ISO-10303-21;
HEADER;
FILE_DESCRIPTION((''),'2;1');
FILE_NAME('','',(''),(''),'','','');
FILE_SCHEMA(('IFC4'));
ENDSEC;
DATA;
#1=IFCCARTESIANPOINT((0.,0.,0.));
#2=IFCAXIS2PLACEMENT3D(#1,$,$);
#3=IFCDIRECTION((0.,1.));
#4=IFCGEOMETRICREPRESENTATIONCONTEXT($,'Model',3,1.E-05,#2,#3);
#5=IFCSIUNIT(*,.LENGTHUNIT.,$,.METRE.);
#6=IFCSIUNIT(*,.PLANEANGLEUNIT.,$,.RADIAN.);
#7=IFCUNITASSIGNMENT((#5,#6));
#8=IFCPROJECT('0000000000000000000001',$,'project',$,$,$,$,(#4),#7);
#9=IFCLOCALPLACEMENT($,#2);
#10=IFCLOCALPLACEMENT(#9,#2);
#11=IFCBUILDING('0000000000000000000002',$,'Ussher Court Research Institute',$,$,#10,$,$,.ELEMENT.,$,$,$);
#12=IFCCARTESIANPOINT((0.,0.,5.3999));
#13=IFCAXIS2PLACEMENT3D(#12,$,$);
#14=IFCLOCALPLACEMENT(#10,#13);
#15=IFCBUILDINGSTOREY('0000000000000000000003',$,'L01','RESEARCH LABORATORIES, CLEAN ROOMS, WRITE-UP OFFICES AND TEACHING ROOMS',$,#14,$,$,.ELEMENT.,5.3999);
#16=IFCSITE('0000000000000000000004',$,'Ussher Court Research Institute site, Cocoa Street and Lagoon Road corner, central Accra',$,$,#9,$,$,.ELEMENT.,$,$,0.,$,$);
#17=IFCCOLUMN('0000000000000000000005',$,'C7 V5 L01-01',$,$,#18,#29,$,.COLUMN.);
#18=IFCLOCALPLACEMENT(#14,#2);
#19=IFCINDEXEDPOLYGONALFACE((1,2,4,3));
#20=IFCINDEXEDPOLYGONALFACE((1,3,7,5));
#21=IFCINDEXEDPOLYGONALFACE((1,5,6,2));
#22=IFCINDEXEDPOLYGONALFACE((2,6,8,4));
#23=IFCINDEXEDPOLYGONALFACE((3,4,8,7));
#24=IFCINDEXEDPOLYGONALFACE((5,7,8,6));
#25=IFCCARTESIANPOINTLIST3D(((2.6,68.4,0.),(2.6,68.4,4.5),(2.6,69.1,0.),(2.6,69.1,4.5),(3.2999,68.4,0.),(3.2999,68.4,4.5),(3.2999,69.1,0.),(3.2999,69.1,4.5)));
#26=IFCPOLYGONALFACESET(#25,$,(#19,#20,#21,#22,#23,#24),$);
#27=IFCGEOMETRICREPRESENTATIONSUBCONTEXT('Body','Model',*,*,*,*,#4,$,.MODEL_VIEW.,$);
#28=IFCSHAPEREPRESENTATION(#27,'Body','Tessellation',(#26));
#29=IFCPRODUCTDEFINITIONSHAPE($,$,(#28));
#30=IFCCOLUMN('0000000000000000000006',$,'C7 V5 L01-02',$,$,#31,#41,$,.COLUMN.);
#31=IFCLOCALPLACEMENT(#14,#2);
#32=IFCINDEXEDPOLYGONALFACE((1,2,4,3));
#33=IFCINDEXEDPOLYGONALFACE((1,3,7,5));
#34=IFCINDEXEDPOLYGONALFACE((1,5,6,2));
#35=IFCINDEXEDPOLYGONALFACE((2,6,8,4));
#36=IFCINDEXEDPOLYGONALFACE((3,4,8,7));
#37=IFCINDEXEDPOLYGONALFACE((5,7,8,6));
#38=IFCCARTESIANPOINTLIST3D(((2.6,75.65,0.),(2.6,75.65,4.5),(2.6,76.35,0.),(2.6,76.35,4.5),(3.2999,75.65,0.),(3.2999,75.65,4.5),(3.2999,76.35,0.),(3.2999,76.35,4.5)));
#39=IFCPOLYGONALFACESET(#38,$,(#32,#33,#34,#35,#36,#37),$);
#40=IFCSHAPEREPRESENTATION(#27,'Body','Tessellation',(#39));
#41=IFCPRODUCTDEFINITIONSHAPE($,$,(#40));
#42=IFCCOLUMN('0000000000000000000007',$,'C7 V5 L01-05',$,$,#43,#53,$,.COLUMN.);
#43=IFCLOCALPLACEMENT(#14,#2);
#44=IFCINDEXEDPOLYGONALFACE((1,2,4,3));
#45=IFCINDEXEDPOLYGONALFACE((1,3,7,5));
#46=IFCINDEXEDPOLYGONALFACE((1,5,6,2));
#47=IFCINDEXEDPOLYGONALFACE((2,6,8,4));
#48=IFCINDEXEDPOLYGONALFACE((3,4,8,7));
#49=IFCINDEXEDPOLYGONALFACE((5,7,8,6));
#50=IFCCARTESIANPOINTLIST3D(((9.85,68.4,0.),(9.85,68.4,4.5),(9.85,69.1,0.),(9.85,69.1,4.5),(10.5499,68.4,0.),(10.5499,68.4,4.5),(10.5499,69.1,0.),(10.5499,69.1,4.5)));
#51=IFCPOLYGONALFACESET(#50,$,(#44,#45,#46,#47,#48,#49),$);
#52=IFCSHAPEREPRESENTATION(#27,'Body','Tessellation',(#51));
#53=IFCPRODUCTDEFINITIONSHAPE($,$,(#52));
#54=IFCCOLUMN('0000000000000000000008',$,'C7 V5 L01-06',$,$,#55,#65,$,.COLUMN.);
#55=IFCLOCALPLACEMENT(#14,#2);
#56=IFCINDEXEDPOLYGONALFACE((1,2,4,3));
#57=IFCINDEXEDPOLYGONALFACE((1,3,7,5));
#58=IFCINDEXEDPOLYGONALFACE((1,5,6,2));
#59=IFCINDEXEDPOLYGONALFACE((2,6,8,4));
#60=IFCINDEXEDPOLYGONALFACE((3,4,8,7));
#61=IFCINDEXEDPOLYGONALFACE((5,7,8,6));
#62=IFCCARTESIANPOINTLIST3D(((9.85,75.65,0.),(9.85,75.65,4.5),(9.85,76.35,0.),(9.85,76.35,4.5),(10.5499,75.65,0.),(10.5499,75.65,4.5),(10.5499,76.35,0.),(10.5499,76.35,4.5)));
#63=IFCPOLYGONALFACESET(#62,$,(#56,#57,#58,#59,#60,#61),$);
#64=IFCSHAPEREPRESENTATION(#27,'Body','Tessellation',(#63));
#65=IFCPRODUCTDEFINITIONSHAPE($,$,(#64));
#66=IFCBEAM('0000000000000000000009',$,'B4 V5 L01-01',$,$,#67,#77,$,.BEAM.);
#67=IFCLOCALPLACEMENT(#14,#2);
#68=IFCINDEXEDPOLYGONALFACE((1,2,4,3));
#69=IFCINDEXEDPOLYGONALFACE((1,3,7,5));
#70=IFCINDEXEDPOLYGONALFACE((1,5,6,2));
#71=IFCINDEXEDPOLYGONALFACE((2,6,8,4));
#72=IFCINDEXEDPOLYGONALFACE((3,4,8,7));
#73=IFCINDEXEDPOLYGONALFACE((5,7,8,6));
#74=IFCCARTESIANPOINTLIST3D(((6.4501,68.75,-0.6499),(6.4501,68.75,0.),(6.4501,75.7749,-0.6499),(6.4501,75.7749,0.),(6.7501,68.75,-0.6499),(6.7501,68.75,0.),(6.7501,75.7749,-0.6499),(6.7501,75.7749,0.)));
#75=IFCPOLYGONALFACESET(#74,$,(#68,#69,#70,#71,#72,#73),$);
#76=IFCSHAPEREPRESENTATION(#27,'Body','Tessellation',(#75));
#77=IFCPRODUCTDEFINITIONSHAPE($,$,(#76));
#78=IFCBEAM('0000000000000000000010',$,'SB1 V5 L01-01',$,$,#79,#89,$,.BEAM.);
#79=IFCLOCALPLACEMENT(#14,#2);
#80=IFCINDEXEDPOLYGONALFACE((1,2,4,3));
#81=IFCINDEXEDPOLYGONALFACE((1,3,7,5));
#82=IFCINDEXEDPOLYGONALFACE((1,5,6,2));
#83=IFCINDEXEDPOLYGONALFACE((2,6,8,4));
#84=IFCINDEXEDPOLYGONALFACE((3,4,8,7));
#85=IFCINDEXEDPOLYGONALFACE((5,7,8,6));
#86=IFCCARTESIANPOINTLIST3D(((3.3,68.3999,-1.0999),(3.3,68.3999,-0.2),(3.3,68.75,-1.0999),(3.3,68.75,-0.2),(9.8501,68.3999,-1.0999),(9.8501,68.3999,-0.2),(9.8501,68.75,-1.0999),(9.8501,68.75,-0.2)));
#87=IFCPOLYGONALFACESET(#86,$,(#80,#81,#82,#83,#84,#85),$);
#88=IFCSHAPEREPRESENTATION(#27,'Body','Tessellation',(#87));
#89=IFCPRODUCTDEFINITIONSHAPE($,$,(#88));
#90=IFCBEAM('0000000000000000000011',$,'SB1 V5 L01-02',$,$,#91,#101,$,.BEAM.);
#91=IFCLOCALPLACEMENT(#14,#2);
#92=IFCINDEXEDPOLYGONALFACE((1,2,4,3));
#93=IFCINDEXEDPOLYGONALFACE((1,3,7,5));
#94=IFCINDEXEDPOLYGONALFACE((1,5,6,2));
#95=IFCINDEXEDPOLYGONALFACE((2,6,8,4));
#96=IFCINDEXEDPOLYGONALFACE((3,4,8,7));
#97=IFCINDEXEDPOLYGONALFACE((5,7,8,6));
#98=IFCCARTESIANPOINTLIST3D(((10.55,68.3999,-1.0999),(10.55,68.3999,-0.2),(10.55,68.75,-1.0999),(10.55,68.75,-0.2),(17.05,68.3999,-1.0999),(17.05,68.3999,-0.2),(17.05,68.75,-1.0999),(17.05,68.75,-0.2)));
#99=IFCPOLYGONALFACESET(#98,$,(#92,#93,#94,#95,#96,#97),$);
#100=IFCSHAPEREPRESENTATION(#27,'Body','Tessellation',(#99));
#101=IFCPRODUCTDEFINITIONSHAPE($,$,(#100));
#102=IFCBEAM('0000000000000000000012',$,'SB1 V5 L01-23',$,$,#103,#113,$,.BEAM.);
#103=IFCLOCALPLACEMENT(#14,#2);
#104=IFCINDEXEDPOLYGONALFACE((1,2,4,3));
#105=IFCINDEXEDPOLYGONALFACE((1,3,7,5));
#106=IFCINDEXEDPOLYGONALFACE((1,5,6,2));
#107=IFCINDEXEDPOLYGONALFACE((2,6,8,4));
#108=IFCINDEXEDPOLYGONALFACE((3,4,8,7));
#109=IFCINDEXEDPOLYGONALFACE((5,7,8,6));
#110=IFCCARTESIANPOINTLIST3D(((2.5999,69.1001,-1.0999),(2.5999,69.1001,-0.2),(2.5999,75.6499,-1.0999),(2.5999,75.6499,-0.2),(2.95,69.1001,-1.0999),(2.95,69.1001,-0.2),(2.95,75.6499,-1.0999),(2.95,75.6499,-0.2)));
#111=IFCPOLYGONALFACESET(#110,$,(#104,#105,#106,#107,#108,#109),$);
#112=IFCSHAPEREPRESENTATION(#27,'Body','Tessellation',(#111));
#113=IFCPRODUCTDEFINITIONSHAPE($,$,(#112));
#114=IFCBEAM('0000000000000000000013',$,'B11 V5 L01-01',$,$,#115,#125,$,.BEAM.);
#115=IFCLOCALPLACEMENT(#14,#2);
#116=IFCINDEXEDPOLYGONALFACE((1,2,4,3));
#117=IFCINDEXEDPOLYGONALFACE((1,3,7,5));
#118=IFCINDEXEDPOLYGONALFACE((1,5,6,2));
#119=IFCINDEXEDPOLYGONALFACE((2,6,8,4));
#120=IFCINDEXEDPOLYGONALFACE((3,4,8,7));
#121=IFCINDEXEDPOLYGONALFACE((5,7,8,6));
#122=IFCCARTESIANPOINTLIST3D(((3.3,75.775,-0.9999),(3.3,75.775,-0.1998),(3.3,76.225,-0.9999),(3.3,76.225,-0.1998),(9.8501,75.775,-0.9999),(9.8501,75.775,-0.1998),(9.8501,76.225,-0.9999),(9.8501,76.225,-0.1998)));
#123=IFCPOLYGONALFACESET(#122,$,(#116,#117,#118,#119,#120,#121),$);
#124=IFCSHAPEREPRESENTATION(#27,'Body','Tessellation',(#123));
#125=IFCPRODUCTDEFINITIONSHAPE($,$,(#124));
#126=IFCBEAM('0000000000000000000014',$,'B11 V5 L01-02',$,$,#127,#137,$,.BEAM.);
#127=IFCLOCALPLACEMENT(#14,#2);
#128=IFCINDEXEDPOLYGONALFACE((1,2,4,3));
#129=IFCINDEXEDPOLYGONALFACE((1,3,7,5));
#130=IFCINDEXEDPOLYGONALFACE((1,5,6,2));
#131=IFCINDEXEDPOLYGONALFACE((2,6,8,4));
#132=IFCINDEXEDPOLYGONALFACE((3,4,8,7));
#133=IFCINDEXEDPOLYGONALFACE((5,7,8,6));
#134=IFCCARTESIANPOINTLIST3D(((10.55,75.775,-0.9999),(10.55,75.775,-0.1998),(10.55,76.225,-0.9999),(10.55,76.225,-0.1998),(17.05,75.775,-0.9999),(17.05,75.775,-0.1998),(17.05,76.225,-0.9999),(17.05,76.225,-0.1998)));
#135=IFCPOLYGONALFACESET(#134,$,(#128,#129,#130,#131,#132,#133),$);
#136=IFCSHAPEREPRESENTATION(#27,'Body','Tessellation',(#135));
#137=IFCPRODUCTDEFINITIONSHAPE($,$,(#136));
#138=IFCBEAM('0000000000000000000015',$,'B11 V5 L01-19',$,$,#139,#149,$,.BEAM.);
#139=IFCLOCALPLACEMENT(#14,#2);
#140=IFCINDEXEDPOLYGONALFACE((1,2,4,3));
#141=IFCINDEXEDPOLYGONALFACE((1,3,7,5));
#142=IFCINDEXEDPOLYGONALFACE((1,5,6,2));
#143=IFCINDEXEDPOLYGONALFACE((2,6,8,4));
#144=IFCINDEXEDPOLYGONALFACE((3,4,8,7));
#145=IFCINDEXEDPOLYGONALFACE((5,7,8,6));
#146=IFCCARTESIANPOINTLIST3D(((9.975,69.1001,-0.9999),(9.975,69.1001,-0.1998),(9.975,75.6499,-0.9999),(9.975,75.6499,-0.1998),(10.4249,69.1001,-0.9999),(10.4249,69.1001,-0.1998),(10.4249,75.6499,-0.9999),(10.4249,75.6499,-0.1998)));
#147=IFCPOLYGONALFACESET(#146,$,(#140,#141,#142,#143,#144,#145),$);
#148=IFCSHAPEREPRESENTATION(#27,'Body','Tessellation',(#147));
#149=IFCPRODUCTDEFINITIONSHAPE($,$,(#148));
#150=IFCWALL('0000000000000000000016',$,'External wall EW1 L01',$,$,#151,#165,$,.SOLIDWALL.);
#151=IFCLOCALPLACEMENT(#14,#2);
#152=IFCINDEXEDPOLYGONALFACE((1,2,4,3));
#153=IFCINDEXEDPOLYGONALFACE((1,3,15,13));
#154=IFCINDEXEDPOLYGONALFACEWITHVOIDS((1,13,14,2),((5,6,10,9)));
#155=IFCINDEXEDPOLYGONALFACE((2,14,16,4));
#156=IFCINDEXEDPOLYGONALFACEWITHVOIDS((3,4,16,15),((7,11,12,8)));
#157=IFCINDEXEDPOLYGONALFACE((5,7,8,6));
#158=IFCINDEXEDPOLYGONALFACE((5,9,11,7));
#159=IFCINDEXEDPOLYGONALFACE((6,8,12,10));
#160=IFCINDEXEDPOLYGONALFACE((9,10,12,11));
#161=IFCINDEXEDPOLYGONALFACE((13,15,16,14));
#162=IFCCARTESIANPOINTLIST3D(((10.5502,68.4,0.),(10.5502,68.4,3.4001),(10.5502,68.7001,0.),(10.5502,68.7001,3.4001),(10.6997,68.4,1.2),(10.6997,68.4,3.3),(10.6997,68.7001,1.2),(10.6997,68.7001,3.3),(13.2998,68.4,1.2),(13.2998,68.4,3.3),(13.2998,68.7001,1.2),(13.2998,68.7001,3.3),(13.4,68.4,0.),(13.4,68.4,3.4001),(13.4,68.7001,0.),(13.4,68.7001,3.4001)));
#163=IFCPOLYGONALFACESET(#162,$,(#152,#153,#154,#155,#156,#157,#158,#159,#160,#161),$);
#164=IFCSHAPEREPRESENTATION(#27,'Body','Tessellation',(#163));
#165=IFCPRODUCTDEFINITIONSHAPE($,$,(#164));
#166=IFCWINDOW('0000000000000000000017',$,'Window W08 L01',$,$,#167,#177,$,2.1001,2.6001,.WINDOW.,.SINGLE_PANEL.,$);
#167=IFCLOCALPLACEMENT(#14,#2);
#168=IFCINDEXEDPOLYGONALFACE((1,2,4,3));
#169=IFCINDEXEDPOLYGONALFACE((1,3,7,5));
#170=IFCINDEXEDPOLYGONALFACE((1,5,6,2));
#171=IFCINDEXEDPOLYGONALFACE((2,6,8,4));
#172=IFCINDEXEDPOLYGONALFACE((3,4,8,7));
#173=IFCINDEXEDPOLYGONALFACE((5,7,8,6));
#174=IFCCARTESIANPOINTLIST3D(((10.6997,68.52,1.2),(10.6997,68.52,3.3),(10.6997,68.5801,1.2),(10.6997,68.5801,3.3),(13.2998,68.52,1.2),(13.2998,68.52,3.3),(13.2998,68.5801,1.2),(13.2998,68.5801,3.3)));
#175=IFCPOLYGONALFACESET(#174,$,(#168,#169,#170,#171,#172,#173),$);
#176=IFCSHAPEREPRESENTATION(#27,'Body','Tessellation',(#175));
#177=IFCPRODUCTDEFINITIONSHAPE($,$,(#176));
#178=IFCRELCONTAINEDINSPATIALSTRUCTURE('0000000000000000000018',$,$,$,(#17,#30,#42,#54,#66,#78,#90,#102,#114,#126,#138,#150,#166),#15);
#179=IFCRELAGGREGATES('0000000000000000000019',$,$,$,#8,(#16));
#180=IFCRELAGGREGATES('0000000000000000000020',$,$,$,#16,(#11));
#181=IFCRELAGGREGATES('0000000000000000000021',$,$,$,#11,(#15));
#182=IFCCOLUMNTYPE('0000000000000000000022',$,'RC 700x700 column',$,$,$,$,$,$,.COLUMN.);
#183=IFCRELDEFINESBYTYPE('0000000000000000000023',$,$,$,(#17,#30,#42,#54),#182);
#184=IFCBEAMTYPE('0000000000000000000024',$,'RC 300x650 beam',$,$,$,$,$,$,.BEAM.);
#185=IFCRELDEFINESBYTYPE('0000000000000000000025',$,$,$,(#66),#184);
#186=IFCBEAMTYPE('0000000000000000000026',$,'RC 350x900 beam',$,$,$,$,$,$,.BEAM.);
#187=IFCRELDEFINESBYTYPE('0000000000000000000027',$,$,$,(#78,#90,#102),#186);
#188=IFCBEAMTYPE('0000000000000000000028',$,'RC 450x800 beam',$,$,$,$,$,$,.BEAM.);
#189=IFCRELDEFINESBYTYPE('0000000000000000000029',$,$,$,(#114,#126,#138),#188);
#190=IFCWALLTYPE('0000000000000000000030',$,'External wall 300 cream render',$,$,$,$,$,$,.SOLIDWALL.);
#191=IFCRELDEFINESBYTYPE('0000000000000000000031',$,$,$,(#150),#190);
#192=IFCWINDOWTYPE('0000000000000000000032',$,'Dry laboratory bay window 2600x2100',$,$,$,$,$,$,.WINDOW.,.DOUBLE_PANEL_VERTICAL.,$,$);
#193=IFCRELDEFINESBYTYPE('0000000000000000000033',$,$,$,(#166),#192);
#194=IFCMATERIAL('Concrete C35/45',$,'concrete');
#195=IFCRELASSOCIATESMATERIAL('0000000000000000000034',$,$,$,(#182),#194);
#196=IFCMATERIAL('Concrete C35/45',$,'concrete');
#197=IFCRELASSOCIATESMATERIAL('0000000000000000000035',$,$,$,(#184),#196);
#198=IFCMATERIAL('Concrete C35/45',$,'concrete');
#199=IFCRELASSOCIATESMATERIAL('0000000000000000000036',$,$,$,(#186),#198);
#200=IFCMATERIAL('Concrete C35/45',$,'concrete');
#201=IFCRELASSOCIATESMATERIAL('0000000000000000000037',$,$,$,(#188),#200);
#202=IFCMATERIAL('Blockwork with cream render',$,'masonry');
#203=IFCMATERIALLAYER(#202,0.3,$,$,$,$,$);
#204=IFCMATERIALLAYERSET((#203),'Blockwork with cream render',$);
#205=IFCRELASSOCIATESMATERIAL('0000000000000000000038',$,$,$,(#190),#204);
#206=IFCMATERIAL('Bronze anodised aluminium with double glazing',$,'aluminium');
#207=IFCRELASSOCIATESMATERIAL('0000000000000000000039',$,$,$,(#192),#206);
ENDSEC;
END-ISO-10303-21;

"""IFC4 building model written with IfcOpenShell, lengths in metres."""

from ifc_helpers import new_model, si_unit, direction, frame, frame_2d, origin, origin_2d, place, context, subcontext, project, spatial, rectangle, extrude, material, layer, layer_set, material_profile, profile_set, type_object, element, fill, save


model = new_model("IFC4")

# Units and contexts
model_context = context("Model", 3, precision=1e-05, world=origin(), true_north=direction((0.0, 1.0)))
body_context = subcontext(model_context, "Body", "Model", "MODEL_VIEW")
ifc_project = project(units=[si_unit("LENGTHUNIT", "METRE"), si_unit("PLANEANGLEUNIT", "RADIAN")], contexts=[model_context])

# Site, building, storey
site_placement = place(None, origin())
site = spatial("IfcSite", under=ifc_project, at=site_placement, Name="Ussher Court Research Institute site, Cocoa Street and Lagoon Road corner, central Accra", CompositionType="ELEMENT", RefElevation=0.0)
building_placement = place(site_placement, origin())
building = spatial("IfcBuilding", under=site, at=building_placement, Name="Ussher Court Research Institute", CompositionType="ELEMENT")
storey_placement = place(building_placement, frame((0.0, 0.0, 5.3999)))
storey = spatial("IfcBuildingStorey", under=building, at=storey_placement, Name="L01", Description="RESEARCH LABORATORIES, CLEAN ROOMS, WRITE-UP OFFICES AND TEACHING ROOMS", CompositionType="ELEMENT", Elevation=5.3999)

# Columns
ifc_material_1 = material(Name="Concrete C35/45", Category="concrete")
ifc_material_profile_1 = material_profile(ifc_material_1, rectangle(XDim=0.7, YDim=0.7, at=origin_2d()), Name="RC 700x700")
ifc_profile_set_1 = profile_set([ifc_material_profile_1], Name="Concrete C35/45")
column_type = type_object("IfcColumnType", Name="RC 700x700 column", PredefinedType="COLUMN", material=ifc_profile_set_1)
for number, where, z_axis, x_axis, name in (
    (1, (2.95, 68.75, 0.0), (0.0, 0.0, 1.0), (1.0, 0.0, 0.0), "C7 V5 L01-01"),
    (2, (2.95, 76.0, 0.0), (0.0, 0.0, 1.0), (1.0, 0.0, 0.0), "C7 V5 L01-02"),
    (3, (10.2, 68.75, 0.0), (0.0, 0.0, 1.0), (1.0, 0.0, 0.0), "C7 V5 L01-05"),
    (4, (10.2, 76.0, 0.0), (0.0, 0.0, 1.0), (1.0, 0.0, 0.0), "C7 V5 L01-06"),
):
    element("IfcColumn", number, at=place(storey_placement, frame(where, z_axis=z_axis, x_axis=x_axis)), inside=storey, type_object=column_type, Name=name, PredefinedType="COLUMN", context=body_context, shape_type="SweptSolid", body=[
        extrude(rectangle(XDim=0.7, YDim=0.7, at=origin_2d()), origin(), (0.0, 0.0, 1.0), 4.5),
    ])

# Beams
ifc_material_2 = material(Name="Concrete C35/45", Category="concrete")
ifc_material_profile_2 = material_profile(ifc_material_2, rectangle(XDim=0.3, YDim=0.6499, at=origin_2d()), Name="RC 300x650")
ifc_profile_set_2 = profile_set([ifc_material_profile_2], Name="Concrete C35/45")
beam_type_1 = type_object("IfcBeamType", Name="RC 300x650 beam", PredefinedType="BEAM", material=ifc_profile_set_2)
beam_1_placement = place(storey_placement, frame((6.6001, 68.75, -0.325), z_axis=(0.0, 1.0, 0.0), x_axis=(-1.0, 0.0, 0.0)))
element("IfcBeam", 5, at=beam_1_placement, inside=storey, type_object=beam_type_1, Name="B4 V5 L01-01", PredefinedType="BEAM", context=body_context, shape_type="SweptSolid", body=[
    extrude(rectangle(XDim=0.3, YDim=0.6499, at=origin_2d()), origin(), (0.0, 0.0, 1.0), 7.0249),
])
ifc_material_3 = material(Name="Concrete C35/45", Category="concrete")
ifc_material_profile_3 = material_profile(ifc_material_3, rectangle(XDim=0.3501, YDim=0.8999, at=origin_2d()), Name="RC 350x900")
ifc_profile_set_3 = profile_set([ifc_material_profile_3], Name="Concrete C35/45")
beam_type_2 = type_object("IfcBeamType", Name="RC 350x900 beam", PredefinedType="BEAM", material=ifc_profile_set_3)
beam_2_placement = place(storey_placement, frame((3.3, 68.575, -0.6499), z_axis=(1.0, 0.0, 0.0), x_axis=(0.0, 1.0, 0.0)))
element("IfcBeam", 6, at=beam_2_placement, inside=storey, type_object=beam_type_2, Name="SB1 V5 L01-01", PredefinedType="BEAM", context=body_context, shape_type="SweptSolid", body=[
    extrude(rectangle(XDim=0.3501, YDim=0.8999, at=origin_2d()), origin(), (0.0, 0.0, 1.0), 6.55),
])
beam_3_placement = place(storey_placement, frame((10.55, 68.575, -0.6499), z_axis=(1.0, 0.0, 0.0), x_axis=(0.0, 1.0, 0.0)))
element("IfcBeam", 7, at=beam_3_placement, inside=storey, type_object=beam_type_2, Name="SB1 V5 L01-02", PredefinedType="BEAM", context=body_context, shape_type="SweptSolid", body=[
    extrude(rectangle(XDim=0.3501, YDim=0.8999, at=origin_2d()), origin(), (0.0, 0.0, 1.0), 6.5),
])
beam_4_placement = place(storey_placement, frame((2.7749, 69.1001, -0.6499), z_axis=(0.0, 1.0, 0.0), x_axis=(-1.0, 0.0, 0.0)))
element("IfcBeam", 8, at=beam_4_placement, inside=storey, type_object=beam_type_2, Name="SB1 V5 L01-23", PredefinedType="BEAM", context=body_context, shape_type="SweptSolid", body=[
    extrude(rectangle(XDim=0.3501, YDim=0.8999, at=origin_2d()), origin(), (0.0, 0.0, 1.0), 6.5498),
])
ifc_material_4 = material(Name="Concrete C35/45", Category="concrete")
ifc_material_profile_4 = material_profile(ifc_material_4, rectangle(XDim=0.45, YDim=0.8, at=origin_2d()), Name="RC 450x800")
ifc_profile_set_4 = profile_set([ifc_material_profile_4], Name="Concrete C35/45")
beam_type_3 = type_object("IfcBeamType", Name="RC 450x800 beam", PredefinedType="BEAM", material=ifc_profile_set_4)
beam_5_placement = place(storey_placement, frame((3.3, 76.0, -0.5999), z_axis=(1.0, 0.0, 0.0), x_axis=(0.0, 1.0, 0.0)))
element("IfcBeam", 9, at=beam_5_placement, inside=storey, type_object=beam_type_3, Name="B11 V5 L01-01", PredefinedType="BEAM", context=body_context, shape_type="SweptSolid", body=[
    extrude(rectangle(XDim=0.45, YDim=0.8, at=origin_2d()), origin(), (0.0, 0.0, 1.0), 6.55),
])
beam_6_placement = place(storey_placement, frame((10.55, 76.0, -0.5999), z_axis=(1.0, 0.0, 0.0), x_axis=(0.0, 1.0, 0.0)))
element("IfcBeam", 10, at=beam_6_placement, inside=storey, type_object=beam_type_3, Name="B11 V5 L01-02", PredefinedType="BEAM", context=body_context, shape_type="SweptSolid", body=[
    extrude(rectangle(XDim=0.45, YDim=0.8, at=origin_2d()), origin(), (0.0, 0.0, 1.0), 6.5),
])
beam_7_placement = place(storey_placement, frame((10.2, 69.1001, -0.5999), z_axis=(0.0, 1.0, 0.0), x_axis=(-1.0, 0.0, 0.0)))
element("IfcBeam", 11, at=beam_7_placement, inside=storey, type_object=beam_type_3, Name="B11 V5 L01-19", PredefinedType="BEAM", context=body_context, shape_type="SweptSolid", body=[
    extrude(rectangle(XDim=0.45, YDim=0.8, at=origin_2d()), origin(), (0.0, 0.0, 1.0), 6.5498),
])

# Wall, opening, window
ifc_material_5 = material(Name="Blockwork with cream render", Category="masonry")
ifc_layer_1 = layer(ifc_material_5, 0.3)
ifc_layer_set_1 = layer_set([ifc_layer_1], Name="Blockwork with cream render")
wall_type_1 = type_object("IfcWallType", Name="External wall 300 cream render", PredefinedType="SOLIDWALL", material=ifc_layer_set_1)
wall_1_placement = place(storey_placement, frame((13.3999, 68.55, 0.0), z_axis=(0.0, 0.0, 1.0), x_axis=(-1.0, 0.0, 0.0)))
wall_1 = element("IfcWall", 12, at=wall_1_placement, inside=storey, type_object=wall_type_1, Name="External wall EW1 L01", PredefinedType="SOLIDWALL", context=body_context, shape_type="SweptSolid", body=[
    extrude(rectangle(XDim=2.8499, YDim=0.3, at=frame_2d((1.4248, 0.0))), origin(), (0.0, 0.0, 1.0), 3.4001),
])
opening_1_placement = place(wall_1_placement, frame((0.1001, 0.0, 1.2)))
opening_1 = element("IfcOpeningElement", 13, at=opening_1_placement, cuts=wall_1, PredefinedType="OPENING", context=body_context, shape_type="SweptSolid", body=[
    extrude(rectangle(XDim=2.6001, YDim=2.1001, at=frame_2d((1.3, 1.05))), frame((0.0, 0.1602, 0.0), z_axis=(0.0, -1.0, 0.0), x_axis=(1.0, 0.0, 0.0)), (0.0, 0.0, 1.0), 0.3201),
])
ifc_material_6 = material(Name="Bronze anodised aluminium with double glazing", Category="aluminium")
window_type_1 = type_object("IfcWindowType", Name="Dry laboratory bay window 2600x2100", PartitioningType="DOUBLE_PANEL_VERTICAL", PredefinedType="WINDOW", material=ifc_material_6)
window_1_placement = place(opening_1_placement, origin())
window_1 = element("IfcWindow", 14, at=window_1_placement, inside=storey, type_object=window_type_1, Name="Window W08 L01", OverallHeight=2.1001, OverallWidth=2.6001, PartitioningType="SINGLE_PANEL", PredefinedType="WINDOW", context=body_context, shape_type="SweptSolid", body=[
    extrude(rectangle(XDim=2.6001, YDim=2.1001, at=frame_2d((1.3, 1.05))), frame((0.0, 0.03, 0.0), z_axis=(0.0, -1.0, 0.0), x_axis=(1.0, 0.0, 0.0)), (0.0, 0.0, 1.0), 0.0601),
])
fill(opening_1, window_1)

save(model, "model.ifc")
